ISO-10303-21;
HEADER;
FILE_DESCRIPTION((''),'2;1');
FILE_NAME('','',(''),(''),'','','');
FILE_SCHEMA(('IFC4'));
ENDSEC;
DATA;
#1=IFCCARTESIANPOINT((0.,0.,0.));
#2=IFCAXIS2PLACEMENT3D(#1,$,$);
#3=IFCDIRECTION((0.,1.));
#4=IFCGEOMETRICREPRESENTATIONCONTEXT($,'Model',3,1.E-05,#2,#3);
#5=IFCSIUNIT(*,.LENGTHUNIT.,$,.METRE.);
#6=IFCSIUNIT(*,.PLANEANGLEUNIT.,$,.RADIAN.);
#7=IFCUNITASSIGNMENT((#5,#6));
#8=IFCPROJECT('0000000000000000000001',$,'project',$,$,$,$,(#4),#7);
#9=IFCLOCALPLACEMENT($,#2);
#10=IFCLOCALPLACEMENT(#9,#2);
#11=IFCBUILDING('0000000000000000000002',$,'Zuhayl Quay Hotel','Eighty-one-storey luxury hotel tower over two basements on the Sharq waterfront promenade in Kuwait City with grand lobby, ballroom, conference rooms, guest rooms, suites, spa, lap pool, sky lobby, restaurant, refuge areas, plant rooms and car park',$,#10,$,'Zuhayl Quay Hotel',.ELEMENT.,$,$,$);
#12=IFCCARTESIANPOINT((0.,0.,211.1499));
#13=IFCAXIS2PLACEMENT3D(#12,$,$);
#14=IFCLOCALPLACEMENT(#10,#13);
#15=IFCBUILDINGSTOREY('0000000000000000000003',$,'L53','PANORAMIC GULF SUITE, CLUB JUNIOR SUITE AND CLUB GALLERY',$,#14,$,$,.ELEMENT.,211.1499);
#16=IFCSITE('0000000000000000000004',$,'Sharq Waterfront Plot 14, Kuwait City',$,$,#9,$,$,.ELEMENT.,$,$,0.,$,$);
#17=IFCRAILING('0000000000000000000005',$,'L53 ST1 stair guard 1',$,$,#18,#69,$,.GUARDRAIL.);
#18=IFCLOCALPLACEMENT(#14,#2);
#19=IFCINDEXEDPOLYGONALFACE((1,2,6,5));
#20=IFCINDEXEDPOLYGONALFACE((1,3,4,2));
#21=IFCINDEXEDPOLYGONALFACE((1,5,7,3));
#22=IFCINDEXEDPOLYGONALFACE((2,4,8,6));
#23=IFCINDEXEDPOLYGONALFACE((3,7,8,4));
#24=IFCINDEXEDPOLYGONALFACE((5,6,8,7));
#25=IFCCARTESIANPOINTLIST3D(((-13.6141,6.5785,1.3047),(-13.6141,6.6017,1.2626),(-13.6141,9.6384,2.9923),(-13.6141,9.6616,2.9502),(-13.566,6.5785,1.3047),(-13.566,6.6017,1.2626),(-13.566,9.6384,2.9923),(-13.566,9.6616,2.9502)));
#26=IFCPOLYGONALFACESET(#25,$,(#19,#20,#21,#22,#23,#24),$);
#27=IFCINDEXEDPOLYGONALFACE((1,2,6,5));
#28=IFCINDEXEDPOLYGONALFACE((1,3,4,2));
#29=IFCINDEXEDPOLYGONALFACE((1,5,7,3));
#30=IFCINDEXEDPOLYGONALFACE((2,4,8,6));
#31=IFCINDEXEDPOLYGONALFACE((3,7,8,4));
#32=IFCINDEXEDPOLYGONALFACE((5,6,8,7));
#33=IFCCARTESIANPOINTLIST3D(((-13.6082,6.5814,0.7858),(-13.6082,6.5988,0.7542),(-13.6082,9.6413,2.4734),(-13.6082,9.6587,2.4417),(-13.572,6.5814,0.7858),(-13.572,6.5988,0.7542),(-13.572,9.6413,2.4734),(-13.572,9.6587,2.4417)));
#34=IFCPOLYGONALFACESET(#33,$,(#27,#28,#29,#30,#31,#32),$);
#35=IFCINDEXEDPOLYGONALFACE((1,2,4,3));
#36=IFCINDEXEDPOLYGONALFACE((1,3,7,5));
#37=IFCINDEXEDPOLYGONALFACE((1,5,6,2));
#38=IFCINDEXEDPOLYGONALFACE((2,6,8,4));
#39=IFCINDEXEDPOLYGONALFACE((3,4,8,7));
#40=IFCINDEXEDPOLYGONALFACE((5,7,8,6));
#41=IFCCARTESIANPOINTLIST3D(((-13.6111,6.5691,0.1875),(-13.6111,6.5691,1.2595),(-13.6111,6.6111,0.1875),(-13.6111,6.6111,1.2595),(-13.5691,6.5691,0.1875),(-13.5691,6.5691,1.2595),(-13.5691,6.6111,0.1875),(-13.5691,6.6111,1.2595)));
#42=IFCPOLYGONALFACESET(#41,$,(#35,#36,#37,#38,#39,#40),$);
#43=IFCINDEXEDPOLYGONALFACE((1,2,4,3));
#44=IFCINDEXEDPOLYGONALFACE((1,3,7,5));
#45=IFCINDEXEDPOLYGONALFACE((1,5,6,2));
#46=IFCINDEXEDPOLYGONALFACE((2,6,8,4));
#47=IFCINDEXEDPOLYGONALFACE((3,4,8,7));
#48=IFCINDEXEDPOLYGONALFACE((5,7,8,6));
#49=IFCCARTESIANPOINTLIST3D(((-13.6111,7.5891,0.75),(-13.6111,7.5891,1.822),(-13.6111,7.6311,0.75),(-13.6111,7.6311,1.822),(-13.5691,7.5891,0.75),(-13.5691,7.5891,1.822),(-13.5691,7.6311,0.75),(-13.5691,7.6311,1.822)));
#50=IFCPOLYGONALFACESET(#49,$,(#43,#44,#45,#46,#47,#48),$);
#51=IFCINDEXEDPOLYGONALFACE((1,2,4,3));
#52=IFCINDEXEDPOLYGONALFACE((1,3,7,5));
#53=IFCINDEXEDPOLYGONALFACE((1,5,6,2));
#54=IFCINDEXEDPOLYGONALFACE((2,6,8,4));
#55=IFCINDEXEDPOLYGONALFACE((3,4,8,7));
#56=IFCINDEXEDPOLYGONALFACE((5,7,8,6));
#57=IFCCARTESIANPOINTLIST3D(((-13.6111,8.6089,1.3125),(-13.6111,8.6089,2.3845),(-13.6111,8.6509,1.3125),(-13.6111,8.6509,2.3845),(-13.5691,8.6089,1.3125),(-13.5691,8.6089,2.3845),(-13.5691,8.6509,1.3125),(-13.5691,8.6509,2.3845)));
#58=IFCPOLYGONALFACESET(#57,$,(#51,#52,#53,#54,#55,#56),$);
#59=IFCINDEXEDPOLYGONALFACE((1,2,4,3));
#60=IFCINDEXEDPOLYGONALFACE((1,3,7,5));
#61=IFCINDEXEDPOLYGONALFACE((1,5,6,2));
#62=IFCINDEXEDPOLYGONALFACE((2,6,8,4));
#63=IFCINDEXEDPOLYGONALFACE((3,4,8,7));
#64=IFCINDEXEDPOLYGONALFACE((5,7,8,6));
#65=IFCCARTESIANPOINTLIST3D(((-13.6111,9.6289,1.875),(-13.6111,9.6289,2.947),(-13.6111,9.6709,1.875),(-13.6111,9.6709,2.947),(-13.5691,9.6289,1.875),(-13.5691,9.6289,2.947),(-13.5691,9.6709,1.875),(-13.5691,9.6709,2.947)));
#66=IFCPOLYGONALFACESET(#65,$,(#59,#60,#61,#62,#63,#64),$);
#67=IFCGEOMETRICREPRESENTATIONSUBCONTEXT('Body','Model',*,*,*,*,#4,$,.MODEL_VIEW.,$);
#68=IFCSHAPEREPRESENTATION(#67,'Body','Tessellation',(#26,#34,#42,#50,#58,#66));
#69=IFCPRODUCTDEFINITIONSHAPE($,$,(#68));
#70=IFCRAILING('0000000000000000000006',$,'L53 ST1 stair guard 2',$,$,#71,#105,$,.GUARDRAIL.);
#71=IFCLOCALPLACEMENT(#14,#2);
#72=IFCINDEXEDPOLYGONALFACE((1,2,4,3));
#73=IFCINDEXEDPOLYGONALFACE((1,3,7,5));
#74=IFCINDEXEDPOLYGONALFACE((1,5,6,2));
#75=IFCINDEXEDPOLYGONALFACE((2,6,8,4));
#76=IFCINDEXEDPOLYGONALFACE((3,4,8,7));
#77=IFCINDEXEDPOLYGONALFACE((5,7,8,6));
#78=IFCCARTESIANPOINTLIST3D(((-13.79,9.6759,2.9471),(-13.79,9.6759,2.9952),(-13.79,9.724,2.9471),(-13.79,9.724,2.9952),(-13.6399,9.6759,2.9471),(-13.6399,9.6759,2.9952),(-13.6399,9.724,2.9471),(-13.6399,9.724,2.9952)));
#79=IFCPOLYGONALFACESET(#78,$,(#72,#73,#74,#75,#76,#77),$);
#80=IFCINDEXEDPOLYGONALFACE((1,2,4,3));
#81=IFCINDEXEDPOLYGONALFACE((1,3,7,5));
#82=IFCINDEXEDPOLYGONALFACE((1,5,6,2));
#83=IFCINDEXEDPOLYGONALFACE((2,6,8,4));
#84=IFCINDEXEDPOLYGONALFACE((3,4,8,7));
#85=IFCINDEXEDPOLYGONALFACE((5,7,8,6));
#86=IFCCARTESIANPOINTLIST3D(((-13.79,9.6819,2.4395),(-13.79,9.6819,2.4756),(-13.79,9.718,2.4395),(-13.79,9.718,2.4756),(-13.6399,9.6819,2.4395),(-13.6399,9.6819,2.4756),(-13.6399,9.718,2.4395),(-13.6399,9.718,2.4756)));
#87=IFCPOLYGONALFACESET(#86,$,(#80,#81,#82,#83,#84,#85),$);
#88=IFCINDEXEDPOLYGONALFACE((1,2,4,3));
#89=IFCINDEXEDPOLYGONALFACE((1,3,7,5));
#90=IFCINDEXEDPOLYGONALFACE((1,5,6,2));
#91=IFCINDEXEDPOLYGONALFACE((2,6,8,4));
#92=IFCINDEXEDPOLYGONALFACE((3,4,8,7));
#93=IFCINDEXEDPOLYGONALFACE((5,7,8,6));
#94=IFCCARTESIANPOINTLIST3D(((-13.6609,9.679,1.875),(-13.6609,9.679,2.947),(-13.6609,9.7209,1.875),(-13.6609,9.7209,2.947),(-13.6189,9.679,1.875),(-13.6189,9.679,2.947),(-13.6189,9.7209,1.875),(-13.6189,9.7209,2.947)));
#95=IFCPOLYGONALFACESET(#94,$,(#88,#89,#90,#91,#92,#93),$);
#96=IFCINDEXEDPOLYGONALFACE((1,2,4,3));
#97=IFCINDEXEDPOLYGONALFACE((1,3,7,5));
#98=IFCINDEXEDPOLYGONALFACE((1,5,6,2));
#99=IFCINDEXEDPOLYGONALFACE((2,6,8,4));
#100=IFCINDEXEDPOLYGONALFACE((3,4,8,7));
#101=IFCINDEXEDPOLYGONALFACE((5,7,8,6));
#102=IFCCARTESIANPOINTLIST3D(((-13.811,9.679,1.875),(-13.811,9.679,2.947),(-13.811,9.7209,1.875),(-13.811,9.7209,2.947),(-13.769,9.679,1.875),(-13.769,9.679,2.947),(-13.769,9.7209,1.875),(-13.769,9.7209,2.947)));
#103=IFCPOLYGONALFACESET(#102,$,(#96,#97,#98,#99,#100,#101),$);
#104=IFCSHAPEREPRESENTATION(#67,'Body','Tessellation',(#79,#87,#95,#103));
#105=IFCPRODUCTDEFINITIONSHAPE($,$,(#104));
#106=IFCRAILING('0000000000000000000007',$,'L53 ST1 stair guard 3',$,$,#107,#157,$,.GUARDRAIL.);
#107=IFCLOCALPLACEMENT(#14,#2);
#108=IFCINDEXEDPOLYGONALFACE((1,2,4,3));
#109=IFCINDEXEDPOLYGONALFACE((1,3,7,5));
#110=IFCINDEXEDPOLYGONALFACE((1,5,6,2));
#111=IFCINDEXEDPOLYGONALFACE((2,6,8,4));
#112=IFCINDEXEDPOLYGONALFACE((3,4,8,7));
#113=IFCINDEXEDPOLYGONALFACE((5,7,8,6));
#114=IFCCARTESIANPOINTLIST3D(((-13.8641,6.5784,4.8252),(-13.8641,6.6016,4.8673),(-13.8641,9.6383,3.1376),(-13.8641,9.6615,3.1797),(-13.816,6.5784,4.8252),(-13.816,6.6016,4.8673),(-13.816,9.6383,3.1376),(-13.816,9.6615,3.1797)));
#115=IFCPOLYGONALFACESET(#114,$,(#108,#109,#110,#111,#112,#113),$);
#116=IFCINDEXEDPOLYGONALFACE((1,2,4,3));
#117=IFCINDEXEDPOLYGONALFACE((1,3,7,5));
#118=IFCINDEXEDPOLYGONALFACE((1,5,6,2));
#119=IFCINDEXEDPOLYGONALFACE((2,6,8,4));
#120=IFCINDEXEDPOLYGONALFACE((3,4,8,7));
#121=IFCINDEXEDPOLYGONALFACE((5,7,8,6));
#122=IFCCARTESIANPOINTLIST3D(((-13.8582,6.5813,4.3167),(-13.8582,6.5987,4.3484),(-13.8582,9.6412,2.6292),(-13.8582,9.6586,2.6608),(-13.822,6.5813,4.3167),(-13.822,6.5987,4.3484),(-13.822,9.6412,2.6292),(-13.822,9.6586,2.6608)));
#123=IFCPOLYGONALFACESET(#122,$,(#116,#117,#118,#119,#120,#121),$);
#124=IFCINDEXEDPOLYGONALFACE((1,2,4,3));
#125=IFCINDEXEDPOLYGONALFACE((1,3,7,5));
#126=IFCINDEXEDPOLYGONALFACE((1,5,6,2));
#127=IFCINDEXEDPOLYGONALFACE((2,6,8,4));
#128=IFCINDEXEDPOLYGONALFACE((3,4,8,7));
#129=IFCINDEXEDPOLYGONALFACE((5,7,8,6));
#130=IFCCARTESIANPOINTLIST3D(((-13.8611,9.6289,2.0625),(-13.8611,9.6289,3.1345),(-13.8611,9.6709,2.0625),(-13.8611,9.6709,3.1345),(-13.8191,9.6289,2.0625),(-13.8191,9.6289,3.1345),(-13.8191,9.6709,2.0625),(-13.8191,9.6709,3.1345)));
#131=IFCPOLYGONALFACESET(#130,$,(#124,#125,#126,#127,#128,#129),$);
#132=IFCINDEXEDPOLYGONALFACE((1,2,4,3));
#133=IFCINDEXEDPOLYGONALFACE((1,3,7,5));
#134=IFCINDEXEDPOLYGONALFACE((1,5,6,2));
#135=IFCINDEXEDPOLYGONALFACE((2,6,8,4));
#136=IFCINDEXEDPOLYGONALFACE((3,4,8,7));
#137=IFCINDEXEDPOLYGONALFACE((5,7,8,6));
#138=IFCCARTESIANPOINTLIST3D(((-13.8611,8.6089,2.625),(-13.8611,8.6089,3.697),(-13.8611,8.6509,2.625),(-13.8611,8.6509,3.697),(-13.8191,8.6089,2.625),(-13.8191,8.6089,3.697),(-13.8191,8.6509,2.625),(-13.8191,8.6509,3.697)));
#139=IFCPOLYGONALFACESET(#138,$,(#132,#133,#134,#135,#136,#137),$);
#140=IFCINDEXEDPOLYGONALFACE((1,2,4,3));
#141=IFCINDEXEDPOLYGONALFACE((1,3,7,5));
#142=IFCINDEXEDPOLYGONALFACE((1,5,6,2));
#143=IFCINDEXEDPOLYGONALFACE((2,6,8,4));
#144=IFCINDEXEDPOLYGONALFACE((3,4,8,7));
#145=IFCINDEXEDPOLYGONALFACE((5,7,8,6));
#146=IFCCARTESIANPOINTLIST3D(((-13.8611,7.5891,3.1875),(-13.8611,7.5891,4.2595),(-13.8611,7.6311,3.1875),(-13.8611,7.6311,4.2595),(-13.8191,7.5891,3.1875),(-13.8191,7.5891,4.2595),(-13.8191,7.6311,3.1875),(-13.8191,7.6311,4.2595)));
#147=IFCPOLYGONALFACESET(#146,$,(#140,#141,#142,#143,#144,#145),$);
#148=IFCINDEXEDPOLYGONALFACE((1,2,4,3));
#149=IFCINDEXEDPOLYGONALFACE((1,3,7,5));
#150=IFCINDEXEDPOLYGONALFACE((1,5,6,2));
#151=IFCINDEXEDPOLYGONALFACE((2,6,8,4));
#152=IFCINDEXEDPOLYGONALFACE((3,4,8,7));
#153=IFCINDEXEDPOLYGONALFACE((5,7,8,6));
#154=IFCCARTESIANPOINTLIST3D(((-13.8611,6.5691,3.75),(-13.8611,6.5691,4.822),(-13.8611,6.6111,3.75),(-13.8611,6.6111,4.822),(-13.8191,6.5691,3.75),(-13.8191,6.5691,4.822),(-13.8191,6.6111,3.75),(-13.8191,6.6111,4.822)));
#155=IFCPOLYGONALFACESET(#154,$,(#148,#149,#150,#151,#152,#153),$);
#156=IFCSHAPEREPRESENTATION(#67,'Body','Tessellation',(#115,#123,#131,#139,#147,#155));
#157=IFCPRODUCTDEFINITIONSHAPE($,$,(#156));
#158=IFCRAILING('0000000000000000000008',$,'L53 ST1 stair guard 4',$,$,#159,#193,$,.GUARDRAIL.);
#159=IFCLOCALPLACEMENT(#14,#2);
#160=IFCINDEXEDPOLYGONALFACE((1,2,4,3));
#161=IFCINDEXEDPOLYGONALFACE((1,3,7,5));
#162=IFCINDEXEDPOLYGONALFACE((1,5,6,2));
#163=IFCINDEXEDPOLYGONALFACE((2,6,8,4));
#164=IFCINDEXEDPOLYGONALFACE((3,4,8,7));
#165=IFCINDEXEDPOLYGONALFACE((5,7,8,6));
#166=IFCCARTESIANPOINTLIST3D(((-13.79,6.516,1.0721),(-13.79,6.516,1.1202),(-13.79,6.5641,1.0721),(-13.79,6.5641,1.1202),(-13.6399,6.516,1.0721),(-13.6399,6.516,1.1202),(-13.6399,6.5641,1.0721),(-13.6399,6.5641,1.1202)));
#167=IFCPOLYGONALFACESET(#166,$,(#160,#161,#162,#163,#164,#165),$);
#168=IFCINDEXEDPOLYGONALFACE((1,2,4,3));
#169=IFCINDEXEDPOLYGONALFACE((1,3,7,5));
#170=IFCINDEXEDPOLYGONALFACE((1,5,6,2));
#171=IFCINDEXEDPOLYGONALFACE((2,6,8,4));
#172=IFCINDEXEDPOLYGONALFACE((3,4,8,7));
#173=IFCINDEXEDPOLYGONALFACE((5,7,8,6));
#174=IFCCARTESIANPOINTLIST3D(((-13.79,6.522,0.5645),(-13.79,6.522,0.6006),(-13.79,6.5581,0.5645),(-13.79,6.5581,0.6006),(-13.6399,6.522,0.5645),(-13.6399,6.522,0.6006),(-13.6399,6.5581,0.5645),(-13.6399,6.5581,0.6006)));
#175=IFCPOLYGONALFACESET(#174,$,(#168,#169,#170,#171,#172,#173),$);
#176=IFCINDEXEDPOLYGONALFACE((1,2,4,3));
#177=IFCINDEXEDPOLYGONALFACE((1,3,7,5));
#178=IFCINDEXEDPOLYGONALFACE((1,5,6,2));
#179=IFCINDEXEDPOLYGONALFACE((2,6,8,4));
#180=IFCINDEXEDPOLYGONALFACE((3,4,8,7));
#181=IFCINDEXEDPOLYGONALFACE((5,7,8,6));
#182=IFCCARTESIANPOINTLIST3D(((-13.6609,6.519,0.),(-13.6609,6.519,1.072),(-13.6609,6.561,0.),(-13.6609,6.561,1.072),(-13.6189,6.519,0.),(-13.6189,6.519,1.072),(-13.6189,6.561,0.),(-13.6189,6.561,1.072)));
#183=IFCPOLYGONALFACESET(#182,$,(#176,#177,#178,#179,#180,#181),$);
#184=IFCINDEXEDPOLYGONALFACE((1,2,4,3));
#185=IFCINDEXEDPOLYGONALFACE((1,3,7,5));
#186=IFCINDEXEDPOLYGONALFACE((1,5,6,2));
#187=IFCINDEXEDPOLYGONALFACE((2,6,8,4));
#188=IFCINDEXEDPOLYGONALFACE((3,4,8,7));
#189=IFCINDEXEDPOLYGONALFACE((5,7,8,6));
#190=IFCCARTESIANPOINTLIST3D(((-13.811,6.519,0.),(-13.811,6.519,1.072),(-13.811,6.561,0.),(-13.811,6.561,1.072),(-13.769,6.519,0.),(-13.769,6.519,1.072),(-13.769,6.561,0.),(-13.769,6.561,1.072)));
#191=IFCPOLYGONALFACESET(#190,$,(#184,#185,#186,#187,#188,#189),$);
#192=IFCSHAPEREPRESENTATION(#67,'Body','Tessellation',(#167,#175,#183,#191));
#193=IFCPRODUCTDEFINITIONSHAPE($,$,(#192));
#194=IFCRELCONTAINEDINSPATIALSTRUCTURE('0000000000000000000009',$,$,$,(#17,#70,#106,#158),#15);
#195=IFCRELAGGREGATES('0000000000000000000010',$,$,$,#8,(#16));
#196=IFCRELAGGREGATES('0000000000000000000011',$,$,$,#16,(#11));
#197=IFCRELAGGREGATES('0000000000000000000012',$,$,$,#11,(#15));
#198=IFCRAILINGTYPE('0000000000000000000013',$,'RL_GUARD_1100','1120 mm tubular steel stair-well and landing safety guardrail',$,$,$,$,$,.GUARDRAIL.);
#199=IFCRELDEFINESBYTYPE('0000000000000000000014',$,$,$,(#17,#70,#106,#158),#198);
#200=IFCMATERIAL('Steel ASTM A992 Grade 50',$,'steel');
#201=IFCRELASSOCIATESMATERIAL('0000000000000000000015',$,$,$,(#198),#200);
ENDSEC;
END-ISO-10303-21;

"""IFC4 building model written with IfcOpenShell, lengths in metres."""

from ifc_helpers import new_model, si_unit, direction, frame, origin, origin_2d, place, context, subcontext, project, spatial, rectangle, extrude, material, type_object, element, save


model = new_model("IFC4")

# Units and contexts
model_context = context("Model", 3, precision=1e-05, world=origin(), true_north=direction((0.0, 1.0)))
body_context = subcontext(model_context, "Body", "Model", "MODEL_VIEW")
ifc_project = project(units=[si_unit("LENGTHUNIT", "METRE"), si_unit("PLANEANGLEUNIT", "RADIAN")], contexts=[model_context])

# Site, building, storey
site_placement = place(None, origin())
site = spatial("IfcSite", under=ifc_project, at=site_placement, Name="Sharq Waterfront Plot 14, Kuwait City", CompositionType="ELEMENT", RefElevation=0.0)
building_placement = place(site_placement, origin())
building = spatial("IfcBuilding", under=site, at=building_placement, Name="Zuhayl Quay Hotel", Description="Eighty-one-storey luxury hotel tower over two basements on the Sharq waterfront promenade in Kuwait City with grand lobby, ballroom, conference rooms, guest rooms, suites, spa, lap pool, sky lobby, restaurant, refuge areas, plant rooms and car park", LongName="Zuhayl Quay Hotel", CompositionType="ELEMENT")
storey_placement = place(building_placement, frame((0.0, 0.0, 211.1499)))
storey = spatial("IfcBuildingStorey", under=building, at=storey_placement, Name="L53", Description="PANORAMIC GULF SUITE, CLUB JUNIOR SUITE AND CLUB GALLERY", CompositionType="ELEMENT", Elevation=211.1499)

# Shared definitions
ifc_material_1 = material(Name="Steel ASTM A992 Grade 50", Category="steel")

# Railings
railing_type_1 = type_object("IfcRailingType", Name="RL_GUARD_1100", Description="1120 mm tubular steel stair-well and landing safety guardrail", PredefinedType="GUARDRAIL", material=ifc_material_1)
railing_1_placement = place(storey_placement, frame((-13.5901, 6.5901, 0.1875)))
element("IfcRailing", 1, at=railing_1_placement, inside=storey, type_object=railing_type_1, Name="L53 ST1 stair guard 1", PredefinedType="GUARDRAIL", context=body_context, shape_type="SweptSolid", body=[
    extrude(rectangle(XDim=0.0481, YDim=0.0481, at=origin_2d()), frame((0.0, 0.0, 1.0962), z_axis=(0.0, 0.875659, 0.48293), x_axis=(-1.0, 0.0, 0.0)), (0.0, 0.0, 1.0), 3.4944),
    extrude(rectangle(XDim=0.0361, YDim=0.0361, at=origin_2d()), frame((0.0, 0.0, 0.5825), z_axis=(0.0, 0.875659, 0.48293), x_axis=(-1.0, 0.0, 0.0)), (0.0, 0.0, 1.0), 3.4944),
    extrude(rectangle(XDim=0.042, YDim=0.042, at=origin_2d()), origin(), (0.0, 0.0, 1.0), 1.072),
    extrude(rectangle(XDim=0.042, YDim=0.042, at=origin_2d()), frame((0.0, 1.02, 0.5625)), (0.0, 0.0, 1.0), 1.072),
    extrude(rectangle(XDim=0.042, YDim=0.042, at=origin_2d()), frame((0.0, 2.0398, 1.125)), (0.0, 0.0, 1.0), 1.072),
    extrude(rectangle(XDim=0.042, YDim=0.042, at=origin_2d()), frame((0.0, 3.0598, 1.6875)), (0.0, 0.0, 1.0), 1.072),
])
railing_2_placement = place(storey_placement, frame((-13.6399, 9.7, 1.875)))
element("IfcRailing", 2, at=railing_2_placement, inside=storey, type_object=railing_type_1, Name="L53 ST1 stair guard 2", PredefinedType="GUARDRAIL", context=body_context, shape_type="SweptSolid", body=[
    extrude(rectangle(XDim=0.0481, YDim=0.0481, at=origin_2d()), frame((0.0, 0.0, 1.0962), z_axis=(-1.0, 0.0, 0.0), x_axis=(0.0, -1.0, 0.0)), (0.0, 0.0, 1.0), 0.1501),
    extrude(rectangle(XDim=0.0361, YDim=0.0361, at=origin_2d()), frame((0.0, 0.0, 0.5825), z_axis=(-1.0, 0.0, 0.0), x_axis=(0.0, -1.0, 0.0)), (0.0, 0.0, 1.0), 0.1501),
    extrude(rectangle(XDim=0.042, YDim=0.042, at=origin_2d()), origin(), (0.0, 0.0, 1.0), 1.072),
    extrude(rectangle(XDim=0.042, YDim=0.042, at=origin_2d()), frame((-0.1501, 0.0, 0.0)), (0.0, 0.0, 1.0), 1.072),
])
railing_3_placement = place(storey_placement, frame((-13.8401, 9.6499, 2.0625)))
element("IfcRailing", 3, at=railing_3_placement, inside=storey, type_object=railing_type_1, Name="L53 ST1 stair guard 3", PredefinedType="GUARDRAIL", context=body_context, shape_type="SweptSolid", body=[
    extrude(rectangle(XDim=0.0481, YDim=0.0481, at=origin_2d()), frame((0.0, 0.0, 1.0962), z_axis=(0.0, -0.875659, 0.48293), x_axis=(1.0, 0.0, 0.0)), (0.0, 0.0, 1.0), 3.4944),
    extrude(rectangle(XDim=0.0361, YDim=0.0361, at=origin_2d()), frame((0.0, 0.0, 0.5825), z_axis=(0.0, -0.875659, 0.48293), x_axis=(1.0, 0.0, 0.0)), (0.0, 0.0, 1.0), 3.4944),
    extrude(rectangle(XDim=0.042, YDim=0.042, at=origin_2d()), origin(), (0.0, 0.0, 1.0), 1.072),
    extrude(rectangle(XDim=0.042, YDim=0.042, at=origin_2d()), frame((0.0, -1.02, 0.5625)), (0.0, 0.0, 1.0), 1.072),
    extrude(rectangle(XDim=0.042, YDim=0.042, at=origin_2d()), frame((0.0, -2.0398, 1.125)), (0.0, 0.0, 1.0), 1.072),
    extrude(rectangle(XDim=0.042, YDim=0.042, at=origin_2d()), frame((0.0, -3.0598, 1.6875)), (0.0, 0.0, 1.0), 1.072),
])
railing_4_placement = place(storey_placement, frame((-13.6399, 6.54, 0.0)))
element("IfcRailing", 4, at=railing_4_placement, inside=storey, type_object=railing_type_1, Name="L53 ST1 stair guard 4", PredefinedType="GUARDRAIL", context=body_context, shape_type="SweptSolid", body=[
    extrude(rectangle(XDim=0.0481, YDim=0.0481, at=origin_2d()), frame((0.0, 0.0, 1.0962), z_axis=(-1.0, 0.0, 0.0), x_axis=(0.0, -1.0, 0.0)), (0.0, 0.0, 1.0), 0.1501),
    extrude(rectangle(XDim=0.0361, YDim=0.0361, at=origin_2d()), frame((0.0, 0.0, 0.5825), z_axis=(-1.0, 0.0, 0.0), x_axis=(0.0, -1.0, 0.0)), (0.0, 0.0, 1.0), 0.1501),
    extrude(rectangle(XDim=0.042, YDim=0.042, at=origin_2d()), origin(), (0.0, 0.0, 1.0), 1.072),
    extrude(rectangle(XDim=0.042, YDim=0.042, at=origin_2d()), frame((-0.1501, 0.0, 0.0)), (0.0, 0.0, 1.0), 1.072),
])

save(model, "model.ifc")
